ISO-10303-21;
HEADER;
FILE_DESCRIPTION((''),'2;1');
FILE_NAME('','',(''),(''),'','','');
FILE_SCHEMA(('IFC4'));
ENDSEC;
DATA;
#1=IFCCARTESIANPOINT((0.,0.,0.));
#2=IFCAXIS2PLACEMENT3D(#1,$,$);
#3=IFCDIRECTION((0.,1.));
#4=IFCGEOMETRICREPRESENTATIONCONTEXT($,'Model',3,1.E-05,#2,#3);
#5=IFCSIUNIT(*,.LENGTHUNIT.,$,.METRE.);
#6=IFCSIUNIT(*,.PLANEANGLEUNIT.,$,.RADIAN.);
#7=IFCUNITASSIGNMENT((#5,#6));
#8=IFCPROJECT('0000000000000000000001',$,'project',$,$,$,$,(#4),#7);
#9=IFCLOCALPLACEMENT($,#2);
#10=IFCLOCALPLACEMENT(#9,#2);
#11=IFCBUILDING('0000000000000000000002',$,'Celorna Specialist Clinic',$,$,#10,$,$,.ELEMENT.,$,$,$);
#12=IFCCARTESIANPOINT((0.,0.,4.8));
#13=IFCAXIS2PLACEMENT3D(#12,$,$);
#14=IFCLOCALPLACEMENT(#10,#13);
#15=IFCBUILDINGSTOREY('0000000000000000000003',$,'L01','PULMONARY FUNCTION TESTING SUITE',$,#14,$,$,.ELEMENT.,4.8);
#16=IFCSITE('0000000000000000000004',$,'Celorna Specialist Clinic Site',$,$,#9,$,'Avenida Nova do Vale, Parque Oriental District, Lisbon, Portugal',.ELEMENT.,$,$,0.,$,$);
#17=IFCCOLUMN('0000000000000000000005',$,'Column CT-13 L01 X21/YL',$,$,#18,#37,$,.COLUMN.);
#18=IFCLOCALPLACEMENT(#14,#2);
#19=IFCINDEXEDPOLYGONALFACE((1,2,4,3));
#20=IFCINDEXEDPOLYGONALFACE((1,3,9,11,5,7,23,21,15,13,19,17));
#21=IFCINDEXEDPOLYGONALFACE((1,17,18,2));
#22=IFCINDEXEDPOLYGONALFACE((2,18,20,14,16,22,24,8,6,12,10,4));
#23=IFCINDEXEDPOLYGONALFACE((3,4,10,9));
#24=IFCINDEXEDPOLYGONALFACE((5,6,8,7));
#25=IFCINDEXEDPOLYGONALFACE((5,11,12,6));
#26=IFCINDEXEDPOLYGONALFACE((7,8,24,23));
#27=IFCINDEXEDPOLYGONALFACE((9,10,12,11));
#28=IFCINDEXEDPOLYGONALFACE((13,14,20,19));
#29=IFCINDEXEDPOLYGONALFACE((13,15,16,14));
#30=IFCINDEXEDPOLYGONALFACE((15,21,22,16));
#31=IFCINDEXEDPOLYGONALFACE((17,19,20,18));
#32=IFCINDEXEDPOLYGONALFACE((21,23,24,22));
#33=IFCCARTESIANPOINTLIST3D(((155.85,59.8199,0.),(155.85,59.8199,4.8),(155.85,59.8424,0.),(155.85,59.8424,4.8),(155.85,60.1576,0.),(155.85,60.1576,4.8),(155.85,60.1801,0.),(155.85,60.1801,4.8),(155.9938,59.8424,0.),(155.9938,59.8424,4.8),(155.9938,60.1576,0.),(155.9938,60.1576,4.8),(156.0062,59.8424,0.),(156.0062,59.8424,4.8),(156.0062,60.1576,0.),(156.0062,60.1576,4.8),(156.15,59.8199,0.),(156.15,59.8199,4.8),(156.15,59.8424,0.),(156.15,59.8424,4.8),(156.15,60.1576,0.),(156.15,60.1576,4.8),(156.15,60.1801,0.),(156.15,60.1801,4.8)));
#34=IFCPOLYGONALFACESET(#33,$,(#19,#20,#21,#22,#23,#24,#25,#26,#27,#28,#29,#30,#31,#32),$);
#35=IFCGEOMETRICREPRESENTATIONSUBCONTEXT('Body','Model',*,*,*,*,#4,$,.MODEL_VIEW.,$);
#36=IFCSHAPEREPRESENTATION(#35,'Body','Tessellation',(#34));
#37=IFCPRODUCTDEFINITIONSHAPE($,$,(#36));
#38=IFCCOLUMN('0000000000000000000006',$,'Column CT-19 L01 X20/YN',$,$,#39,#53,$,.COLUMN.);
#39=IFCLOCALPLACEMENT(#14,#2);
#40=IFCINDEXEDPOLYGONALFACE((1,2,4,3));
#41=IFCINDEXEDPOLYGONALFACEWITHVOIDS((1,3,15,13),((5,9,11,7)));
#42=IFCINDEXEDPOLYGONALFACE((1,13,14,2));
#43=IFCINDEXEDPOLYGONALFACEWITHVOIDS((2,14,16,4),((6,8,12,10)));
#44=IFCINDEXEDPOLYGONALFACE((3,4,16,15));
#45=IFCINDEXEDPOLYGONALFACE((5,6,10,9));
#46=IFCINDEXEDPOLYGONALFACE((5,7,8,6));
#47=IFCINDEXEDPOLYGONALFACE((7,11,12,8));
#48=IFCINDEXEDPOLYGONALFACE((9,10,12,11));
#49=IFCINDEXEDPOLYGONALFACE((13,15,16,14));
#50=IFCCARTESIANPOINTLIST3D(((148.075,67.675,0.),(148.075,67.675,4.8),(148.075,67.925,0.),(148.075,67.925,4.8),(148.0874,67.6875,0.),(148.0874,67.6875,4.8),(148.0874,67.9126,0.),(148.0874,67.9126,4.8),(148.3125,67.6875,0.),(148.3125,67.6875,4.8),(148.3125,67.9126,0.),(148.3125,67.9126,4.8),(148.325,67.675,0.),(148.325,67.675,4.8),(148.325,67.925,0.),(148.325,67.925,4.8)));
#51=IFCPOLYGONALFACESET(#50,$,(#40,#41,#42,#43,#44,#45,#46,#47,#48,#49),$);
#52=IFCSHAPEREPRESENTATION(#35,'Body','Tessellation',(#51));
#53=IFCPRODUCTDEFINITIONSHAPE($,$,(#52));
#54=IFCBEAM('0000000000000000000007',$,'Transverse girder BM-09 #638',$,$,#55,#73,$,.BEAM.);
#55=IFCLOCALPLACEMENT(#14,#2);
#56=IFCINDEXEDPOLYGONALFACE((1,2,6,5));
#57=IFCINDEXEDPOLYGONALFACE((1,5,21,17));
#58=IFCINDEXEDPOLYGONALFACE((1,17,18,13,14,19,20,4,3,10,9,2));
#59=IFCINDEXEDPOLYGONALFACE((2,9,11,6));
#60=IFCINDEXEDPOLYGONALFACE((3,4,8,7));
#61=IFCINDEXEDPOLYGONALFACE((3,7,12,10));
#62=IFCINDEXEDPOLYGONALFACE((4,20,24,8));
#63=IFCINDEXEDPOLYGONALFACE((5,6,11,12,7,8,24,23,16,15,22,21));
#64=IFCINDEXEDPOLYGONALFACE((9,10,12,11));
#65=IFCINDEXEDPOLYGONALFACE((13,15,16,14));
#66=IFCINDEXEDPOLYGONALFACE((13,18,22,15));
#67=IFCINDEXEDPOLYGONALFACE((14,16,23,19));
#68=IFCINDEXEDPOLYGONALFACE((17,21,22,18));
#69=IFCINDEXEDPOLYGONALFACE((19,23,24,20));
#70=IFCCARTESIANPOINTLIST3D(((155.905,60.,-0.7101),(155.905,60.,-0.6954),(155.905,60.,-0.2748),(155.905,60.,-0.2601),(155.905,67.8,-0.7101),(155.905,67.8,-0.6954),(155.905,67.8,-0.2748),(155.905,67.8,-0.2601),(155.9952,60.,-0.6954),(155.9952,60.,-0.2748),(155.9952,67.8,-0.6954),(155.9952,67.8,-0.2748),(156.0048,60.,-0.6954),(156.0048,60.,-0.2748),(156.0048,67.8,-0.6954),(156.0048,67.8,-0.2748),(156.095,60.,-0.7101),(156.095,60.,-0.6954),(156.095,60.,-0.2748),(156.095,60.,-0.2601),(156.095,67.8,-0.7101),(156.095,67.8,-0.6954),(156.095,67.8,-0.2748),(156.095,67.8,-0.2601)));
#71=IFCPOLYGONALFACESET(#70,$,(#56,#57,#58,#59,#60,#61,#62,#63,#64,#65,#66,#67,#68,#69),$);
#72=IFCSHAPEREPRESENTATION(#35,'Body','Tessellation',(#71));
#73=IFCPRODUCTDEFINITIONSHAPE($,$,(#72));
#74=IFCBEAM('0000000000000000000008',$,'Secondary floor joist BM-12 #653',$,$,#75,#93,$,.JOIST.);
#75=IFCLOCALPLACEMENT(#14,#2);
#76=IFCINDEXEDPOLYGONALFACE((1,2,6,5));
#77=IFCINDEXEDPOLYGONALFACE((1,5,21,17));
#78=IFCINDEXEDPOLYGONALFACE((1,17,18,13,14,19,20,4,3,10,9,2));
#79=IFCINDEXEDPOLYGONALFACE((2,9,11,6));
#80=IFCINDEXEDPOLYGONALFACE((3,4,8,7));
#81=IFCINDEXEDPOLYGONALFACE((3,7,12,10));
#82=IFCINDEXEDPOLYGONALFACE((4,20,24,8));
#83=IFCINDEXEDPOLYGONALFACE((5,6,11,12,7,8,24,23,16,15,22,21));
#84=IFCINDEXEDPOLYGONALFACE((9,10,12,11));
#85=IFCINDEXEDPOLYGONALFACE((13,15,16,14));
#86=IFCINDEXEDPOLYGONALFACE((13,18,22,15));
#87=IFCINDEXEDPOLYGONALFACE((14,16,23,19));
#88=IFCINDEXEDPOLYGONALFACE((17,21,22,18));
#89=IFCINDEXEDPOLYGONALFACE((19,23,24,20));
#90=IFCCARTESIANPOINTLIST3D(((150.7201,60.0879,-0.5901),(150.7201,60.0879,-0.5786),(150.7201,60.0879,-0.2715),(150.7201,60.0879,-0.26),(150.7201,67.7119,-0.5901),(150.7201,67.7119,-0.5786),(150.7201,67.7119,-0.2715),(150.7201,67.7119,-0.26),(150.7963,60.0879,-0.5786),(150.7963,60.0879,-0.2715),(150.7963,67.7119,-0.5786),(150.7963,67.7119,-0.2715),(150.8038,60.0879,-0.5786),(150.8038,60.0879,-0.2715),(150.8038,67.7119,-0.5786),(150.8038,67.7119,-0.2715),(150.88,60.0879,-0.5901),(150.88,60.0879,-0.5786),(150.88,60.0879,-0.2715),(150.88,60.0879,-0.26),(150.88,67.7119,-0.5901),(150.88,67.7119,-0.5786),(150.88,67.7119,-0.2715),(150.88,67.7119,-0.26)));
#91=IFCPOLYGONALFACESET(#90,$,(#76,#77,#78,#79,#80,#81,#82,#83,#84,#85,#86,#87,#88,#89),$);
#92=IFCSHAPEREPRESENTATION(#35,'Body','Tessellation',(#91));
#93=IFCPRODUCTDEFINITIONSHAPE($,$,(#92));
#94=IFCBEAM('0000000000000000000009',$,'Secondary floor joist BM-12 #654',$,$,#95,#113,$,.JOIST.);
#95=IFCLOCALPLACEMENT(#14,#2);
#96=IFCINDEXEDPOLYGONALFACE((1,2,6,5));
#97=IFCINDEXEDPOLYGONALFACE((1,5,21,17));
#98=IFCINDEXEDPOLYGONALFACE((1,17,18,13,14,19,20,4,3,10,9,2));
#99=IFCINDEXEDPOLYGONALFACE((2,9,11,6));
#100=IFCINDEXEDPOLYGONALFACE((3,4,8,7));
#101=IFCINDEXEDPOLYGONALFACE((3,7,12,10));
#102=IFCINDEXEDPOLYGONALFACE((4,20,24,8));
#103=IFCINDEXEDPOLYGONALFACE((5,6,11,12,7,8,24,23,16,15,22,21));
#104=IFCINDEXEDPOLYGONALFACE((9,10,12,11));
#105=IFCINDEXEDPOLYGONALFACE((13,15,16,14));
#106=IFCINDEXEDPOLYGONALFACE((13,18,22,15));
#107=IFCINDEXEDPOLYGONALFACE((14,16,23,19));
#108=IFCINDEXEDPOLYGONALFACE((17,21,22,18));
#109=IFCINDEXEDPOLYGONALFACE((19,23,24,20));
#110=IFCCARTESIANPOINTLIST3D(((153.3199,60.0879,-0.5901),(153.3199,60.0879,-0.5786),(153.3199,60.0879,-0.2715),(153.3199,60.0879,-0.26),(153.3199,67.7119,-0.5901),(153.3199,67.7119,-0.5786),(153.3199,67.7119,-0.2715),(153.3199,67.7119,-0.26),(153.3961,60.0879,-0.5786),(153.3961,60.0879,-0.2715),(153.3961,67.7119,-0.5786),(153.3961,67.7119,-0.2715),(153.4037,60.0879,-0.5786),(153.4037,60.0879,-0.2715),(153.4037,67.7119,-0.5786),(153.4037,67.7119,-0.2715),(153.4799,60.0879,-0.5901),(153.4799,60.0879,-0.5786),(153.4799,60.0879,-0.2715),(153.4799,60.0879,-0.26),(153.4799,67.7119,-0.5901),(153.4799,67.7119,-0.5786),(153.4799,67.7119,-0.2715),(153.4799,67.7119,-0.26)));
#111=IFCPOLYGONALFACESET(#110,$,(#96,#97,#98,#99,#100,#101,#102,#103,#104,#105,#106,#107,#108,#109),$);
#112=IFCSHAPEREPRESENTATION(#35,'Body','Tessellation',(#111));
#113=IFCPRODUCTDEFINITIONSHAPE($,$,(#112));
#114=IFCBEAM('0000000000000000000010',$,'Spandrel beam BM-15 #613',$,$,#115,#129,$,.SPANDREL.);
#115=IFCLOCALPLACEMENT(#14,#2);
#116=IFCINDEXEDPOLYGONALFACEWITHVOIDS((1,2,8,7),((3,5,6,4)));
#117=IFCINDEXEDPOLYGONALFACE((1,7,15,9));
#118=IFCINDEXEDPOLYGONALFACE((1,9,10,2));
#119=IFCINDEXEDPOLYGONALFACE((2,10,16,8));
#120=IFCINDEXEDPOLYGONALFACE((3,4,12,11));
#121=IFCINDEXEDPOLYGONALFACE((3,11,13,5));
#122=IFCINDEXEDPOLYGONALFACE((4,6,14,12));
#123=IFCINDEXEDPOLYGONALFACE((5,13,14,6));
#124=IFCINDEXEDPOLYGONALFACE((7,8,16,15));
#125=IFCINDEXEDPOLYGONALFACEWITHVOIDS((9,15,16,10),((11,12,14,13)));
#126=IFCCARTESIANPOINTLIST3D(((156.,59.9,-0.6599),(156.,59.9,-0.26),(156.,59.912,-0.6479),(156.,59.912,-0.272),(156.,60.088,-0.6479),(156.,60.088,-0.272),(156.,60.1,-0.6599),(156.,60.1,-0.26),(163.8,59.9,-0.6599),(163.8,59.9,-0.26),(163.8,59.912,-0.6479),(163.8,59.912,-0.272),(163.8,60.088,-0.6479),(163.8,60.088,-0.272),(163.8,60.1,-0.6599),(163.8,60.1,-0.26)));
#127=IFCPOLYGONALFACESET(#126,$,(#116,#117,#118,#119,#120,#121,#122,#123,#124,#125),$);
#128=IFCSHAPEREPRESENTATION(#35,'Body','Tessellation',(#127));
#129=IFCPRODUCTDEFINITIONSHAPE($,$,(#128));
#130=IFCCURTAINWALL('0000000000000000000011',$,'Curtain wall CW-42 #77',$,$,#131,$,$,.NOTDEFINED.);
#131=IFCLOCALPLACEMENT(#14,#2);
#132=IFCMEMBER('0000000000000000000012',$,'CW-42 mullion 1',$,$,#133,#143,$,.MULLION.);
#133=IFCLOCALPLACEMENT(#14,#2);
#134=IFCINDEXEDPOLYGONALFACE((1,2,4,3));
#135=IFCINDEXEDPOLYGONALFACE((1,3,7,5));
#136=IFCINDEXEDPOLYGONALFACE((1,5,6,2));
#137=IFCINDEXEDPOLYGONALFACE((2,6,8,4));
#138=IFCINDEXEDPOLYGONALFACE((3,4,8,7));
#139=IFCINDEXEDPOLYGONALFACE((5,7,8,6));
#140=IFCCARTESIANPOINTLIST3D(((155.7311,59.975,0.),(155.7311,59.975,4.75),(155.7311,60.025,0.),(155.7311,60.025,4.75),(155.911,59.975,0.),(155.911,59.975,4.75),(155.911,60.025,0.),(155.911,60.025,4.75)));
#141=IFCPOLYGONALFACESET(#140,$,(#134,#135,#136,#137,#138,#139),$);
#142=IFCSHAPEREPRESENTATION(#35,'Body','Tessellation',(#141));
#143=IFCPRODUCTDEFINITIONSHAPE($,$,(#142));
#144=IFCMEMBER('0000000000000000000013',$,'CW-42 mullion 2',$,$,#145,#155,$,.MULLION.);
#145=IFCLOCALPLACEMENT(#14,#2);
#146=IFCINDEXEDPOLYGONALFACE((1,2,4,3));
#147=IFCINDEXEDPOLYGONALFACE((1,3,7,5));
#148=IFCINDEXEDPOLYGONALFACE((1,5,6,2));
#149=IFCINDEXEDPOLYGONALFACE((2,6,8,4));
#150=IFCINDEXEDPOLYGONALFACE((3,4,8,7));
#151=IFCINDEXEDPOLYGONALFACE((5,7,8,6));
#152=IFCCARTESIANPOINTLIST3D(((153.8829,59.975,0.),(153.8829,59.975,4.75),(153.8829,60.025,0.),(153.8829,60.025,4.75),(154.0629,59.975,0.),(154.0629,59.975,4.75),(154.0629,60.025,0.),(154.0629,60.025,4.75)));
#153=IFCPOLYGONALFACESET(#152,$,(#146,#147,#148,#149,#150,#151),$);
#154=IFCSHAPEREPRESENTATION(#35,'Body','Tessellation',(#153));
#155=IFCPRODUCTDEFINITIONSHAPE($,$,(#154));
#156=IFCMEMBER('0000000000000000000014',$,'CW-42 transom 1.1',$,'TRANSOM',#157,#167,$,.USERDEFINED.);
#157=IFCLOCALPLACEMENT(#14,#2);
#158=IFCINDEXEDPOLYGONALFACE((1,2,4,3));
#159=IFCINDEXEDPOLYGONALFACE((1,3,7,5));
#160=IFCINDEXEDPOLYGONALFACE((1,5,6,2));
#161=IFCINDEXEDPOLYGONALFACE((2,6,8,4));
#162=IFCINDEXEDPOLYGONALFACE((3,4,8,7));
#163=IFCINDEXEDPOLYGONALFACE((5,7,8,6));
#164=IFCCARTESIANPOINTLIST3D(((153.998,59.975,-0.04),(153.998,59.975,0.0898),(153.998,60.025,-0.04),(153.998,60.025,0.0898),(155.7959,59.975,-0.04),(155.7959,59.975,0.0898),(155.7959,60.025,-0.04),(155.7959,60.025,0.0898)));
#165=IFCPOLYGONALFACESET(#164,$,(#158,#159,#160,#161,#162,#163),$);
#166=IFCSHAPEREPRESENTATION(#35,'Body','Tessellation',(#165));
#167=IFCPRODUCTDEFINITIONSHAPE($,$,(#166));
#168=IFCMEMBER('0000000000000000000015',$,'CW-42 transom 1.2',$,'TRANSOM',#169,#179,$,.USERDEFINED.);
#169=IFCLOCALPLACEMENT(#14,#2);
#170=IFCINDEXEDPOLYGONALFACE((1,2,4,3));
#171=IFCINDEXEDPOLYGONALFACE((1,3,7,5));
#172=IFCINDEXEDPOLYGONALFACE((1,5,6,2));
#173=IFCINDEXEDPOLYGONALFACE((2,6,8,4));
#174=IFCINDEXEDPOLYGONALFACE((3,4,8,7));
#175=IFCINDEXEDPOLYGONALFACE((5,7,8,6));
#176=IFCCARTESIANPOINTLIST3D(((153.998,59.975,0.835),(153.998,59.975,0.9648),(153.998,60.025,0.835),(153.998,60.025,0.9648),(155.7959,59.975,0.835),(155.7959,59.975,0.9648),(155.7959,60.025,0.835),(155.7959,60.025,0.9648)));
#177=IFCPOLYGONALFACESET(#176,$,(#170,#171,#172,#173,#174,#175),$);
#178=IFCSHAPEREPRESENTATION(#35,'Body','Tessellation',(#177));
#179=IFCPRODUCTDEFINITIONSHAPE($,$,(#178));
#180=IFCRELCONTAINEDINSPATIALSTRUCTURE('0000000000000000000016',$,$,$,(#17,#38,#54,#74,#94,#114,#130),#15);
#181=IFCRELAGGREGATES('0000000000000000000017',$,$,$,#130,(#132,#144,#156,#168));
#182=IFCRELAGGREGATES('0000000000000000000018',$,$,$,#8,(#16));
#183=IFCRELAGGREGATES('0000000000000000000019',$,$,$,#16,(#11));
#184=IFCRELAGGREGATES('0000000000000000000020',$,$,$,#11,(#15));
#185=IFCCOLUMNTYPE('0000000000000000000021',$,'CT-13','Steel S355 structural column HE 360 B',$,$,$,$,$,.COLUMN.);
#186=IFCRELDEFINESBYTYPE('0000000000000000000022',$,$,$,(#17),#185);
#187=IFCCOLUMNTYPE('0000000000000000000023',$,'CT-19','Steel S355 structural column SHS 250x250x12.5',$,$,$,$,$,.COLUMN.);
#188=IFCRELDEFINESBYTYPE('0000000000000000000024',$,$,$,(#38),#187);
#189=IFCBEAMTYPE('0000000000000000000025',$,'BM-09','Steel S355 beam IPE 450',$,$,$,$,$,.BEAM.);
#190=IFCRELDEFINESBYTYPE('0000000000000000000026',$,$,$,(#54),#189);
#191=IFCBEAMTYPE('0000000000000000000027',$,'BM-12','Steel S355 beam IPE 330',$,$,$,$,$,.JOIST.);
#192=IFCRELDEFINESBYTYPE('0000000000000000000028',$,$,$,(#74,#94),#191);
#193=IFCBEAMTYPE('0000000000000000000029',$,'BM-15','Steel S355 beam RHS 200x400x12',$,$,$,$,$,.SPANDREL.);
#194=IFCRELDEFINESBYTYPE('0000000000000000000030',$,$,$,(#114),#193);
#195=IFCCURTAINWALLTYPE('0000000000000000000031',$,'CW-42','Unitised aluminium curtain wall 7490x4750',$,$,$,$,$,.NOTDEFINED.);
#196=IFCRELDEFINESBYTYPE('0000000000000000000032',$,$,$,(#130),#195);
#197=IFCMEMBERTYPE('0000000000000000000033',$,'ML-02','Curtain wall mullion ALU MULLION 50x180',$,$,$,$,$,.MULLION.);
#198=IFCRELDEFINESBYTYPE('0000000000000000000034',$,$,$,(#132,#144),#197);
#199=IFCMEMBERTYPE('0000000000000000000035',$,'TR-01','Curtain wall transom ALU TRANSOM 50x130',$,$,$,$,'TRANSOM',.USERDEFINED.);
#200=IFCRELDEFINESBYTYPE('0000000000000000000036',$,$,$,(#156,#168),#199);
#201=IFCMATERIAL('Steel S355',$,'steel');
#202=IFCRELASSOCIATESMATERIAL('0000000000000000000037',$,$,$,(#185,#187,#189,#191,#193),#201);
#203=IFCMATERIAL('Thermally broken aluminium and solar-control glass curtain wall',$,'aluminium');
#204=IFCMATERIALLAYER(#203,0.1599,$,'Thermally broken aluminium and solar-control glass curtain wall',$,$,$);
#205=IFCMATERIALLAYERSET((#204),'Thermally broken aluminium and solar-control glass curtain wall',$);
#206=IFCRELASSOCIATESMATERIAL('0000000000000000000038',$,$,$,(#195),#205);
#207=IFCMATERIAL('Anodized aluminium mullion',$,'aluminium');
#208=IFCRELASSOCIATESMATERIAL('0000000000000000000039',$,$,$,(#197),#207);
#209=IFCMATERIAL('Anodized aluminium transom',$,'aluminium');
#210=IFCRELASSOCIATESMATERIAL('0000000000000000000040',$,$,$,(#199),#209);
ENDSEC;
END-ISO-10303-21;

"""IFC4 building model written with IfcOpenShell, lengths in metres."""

from ifc_helpers import new_model, si_unit, direction, frame, origin, origin_2d, place, context, subcontext, project, spatial, rectangle, hollow_rectangle, i_section, extrude, material, layer, layer_set, material_profile, profile_set, type_object, element, aggregate, save


model = new_model("IFC4")

# Units and contexts
model_context = context("Model", 3, precision=1e-05, world=origin(), true_north=direction((0.0, 1.0)))
body_context = subcontext(model_context, "Body", "Model", "MODEL_VIEW")
ifc_project = project(units=[si_unit("LENGTHUNIT", "METRE"), si_unit("PLANEANGLEUNIT", "RADIAN")], contexts=[model_context])

# Site, building, storey
site_placement = place(None, origin())
site = spatial("IfcSite", under=ifc_project, at=site_placement, Name="Celorna Specialist Clinic Site", LongName="Avenida Nova do Vale, Parque Oriental District, Lisbon, Portugal", CompositionType="ELEMENT", RefElevation=0.0)
building_placement = place(site_placement, origin())
building = spatial("IfcBuilding", under=site, at=building_placement, Name="Celorna Specialist Clinic", CompositionType="ELEMENT")
storey_placement = place(building_placement, frame((0.0, 0.0, 4.8)))
storey = spatial("IfcBuildingStorey", under=building, at=storey_placement, Name="L01", Description="PULMONARY FUNCTION TESTING SUITE", CompositionType="ELEMENT", Elevation=4.8)

# Columns
ifc_material_1 = material(Name="Steel S355", Category="steel")
ifc_material_profile_1 = material_profile(ifc_material_1, i_section(OverallWidth=0.3, OverallDepth=0.3601, WebThickness=0.0125, FlangeThickness=0.0225, at=origin_2d()), Name="HE 360 B")
ifc_profile_set_1 = profile_set([ifc_material_profile_1], Name="Steel S355")
column_type_1 = type_object("IfcColumnType", Name="CT-13", Description="Steel S355 structural column HE 360 B", PredefinedType="COLUMN", material=ifc_profile_set_1)
column_1_placement = place(storey_placement, frame((156.0, 60.0, 0.0), z_axis=(0.0, 0.0, 1.0), x_axis=(1.0, 0.0, 0.0)))
element("IfcColumn", 1, at=column_1_placement, inside=storey, type_object=column_type_1, Name="Column CT-13 L01 X21/YL", PredefinedType="COLUMN", context=body_context, shape_type="SweptSolid", body=[
    extrude(i_section(OverallWidth=0.3, OverallDepth=0.3601, WebThickness=0.0125, FlangeThickness=0.0225, at=origin_2d()), origin(), (0.0, 0.0, 1.0), 4.8),
])
ifc_material_profile_2 = material_profile(ifc_material_1, hollow_rectangle(XDim=0.25, YDim=0.25, WallThickness=0.0125, at=origin_2d()), Name="SHS 250x250x12.5")
ifc_profile_set_2 = profile_set([ifc_material_profile_2], Name="Steel S355")
column_type_2 = type_object("IfcColumnType", Name="CT-19", Description="Steel S355 structural column SHS 250x250x12.5", PredefinedType="COLUMN", material=ifc_profile_set_2)
column_2_placement = place(storey_placement, frame((148.2, 67.8, 0.0), z_axis=(0.0, 0.0, 1.0), x_axis=(1.0, 0.0, 0.0)))
element("IfcColumn", 2, at=column_2_placement, inside=storey, type_object=column_type_2, Name="Column CT-19 L01 X20/YN", PredefinedType="COLUMN", context=body_context, shape_type="SweptSolid", body=[
    extrude(hollow_rectangle(XDim=0.25, YDim=0.25, WallThickness=0.0125, at=origin_2d()), origin(), (0.0, 0.0, 1.0), 4.8),
])

# Beams
ifc_material_profile_3 = material_profile(ifc_material_1, i_section(OverallWidth=0.1899, OverallDepth=0.45, WebThickness=0.0095, FlangeThickness=0.0146, at=origin_2d()), Name="IPE 450")
ifc_profile_set_3 = profile_set([ifc_material_profile_3], Name="Steel S355")
beam_type_1 = type_object("IfcBeamType", Name="BM-09", Description="Steel S355 beam IPE 450", PredefinedType="BEAM", material=ifc_profile_set_3)
beam_1_placement = place(storey_placement, frame((156.0, 60.0, -0.4851), z_axis=(0.0, 1.0, 0.0), x_axis=(-1.0, 0.0, 0.0)))
element("IfcBeam", 3, at=beam_1_placement, inside=storey, type_object=beam_type_1, Name="Transverse girder BM-09 #638", PredefinedType="BEAM", context=body_context, shape_type="SweptSolid", body=[
    extrude(i_section(OverallWidth=0.1899, OverallDepth=0.45, WebThickness=0.0095, FlangeThickness=0.0146, at=origin_2d()), origin(), (0.0, 0.0, 1.0), 7.8),
])
ifc_material_profile_4 = material_profile(ifc_material_1, i_section(OverallWidth=0.1599, OverallDepth=0.3301, WebThickness=0.0076, FlangeThickness=0.0115, at=origin_2d()), Name="IPE 330")
ifc_profile_set_4 = profile_set([ifc_material_profile_4], Name="Steel S355")
beam_type_2 = type_object("IfcBeamType", Name="BM-12", Description="Steel S355 beam IPE 330", PredefinedType="JOIST", material=ifc_profile_set_4)
for number, where, z_axis, x_axis, name in (
    (4, (150.8, 60.0879, -0.425), (0.0, 1.0, 0.0), (-1.0, 0.0, 0.0), "Secondary floor joist BM-12 #653"),
    (5, (153.3999, 60.0879, -0.425), (0.0, 1.0, 0.0), (-1.0, 0.0, 0.0), "Secondary floor joist BM-12 #654"),
):
    element("IfcBeam", number, at=place(storey_placement, frame(where, z_axis=z_axis, x_axis=x_axis)), inside=storey, type_object=beam_type_2, Name=name, PredefinedType="JOIST", context=body_context, shape_type="SweptSolid", body=[
        extrude(i_section(OverallWidth=0.1599, OverallDepth=0.3301, WebThickness=0.0076, FlangeThickness=0.0115, at=origin_2d()), origin(), (0.0, 0.0, 1.0), 7.624),
    ])
ifc_material_profile_5 = material_profile(ifc_material_1, hollow_rectangle(XDim=0.2, YDim=0.3999, WallThickness=0.012, at=origin_2d()), Name="RHS 200x400x12")
ifc_profile_set_5 = profile_set([ifc_material_profile_5], Name="Steel S355")
beam_type_3 = type_object("IfcBeamType", Name="BM-15", Description="Steel S355 beam RHS 200x400x12", PredefinedType="SPANDREL", material=ifc_profile_set_5)
beam_2_placement = place(storey_placement, frame((156.0, 60.0, -0.46), z_axis=(1.0, 0.0, 0.0), x_axis=(0.0, 1.0, 0.0)))
element("IfcBeam", 6, at=beam_2_placement, inside=storey, type_object=beam_type_3, Name="Spandrel beam BM-15 #613", PredefinedType="SPANDREL", context=body_context, shape_type="SweptSolid", body=[
    extrude(hollow_rectangle(XDim=0.2, YDim=0.3999, WallThickness=0.012, at=origin_2d()), origin(), (0.0, 0.0, 1.0), 7.8),
])

# Curtain wall, members
ifc_material_2 = material(Name="Thermally broken aluminium and solar-control glass curtain wall", Category="aluminium")
ifc_layer_1 = layer(ifc_material_2, 0.1599, Name="Thermally broken aluminium and solar-control glass curtain wall")
ifc_layer_set_1 = layer_set([ifc_layer_1], Name="Thermally broken aluminium and solar-control glass curtain wall")
curtain_wall_type = type_object("IfcCurtainWallType", Name="CW-42", Description="Unitised aluminium curtain wall 7490x4750", PredefinedType="NOTDEFINED", material=ifc_layer_set_1)
curtain_wall_placement = place(storey_placement, origin())
curtain_wall = element("IfcCurtainWall", 7, at=curtain_wall_placement, inside=storey, type_object=curtain_wall_type, Name="Curtain wall CW-42 #77", PredefinedType="NOTDEFINED")
ifc_material_3 = material(Name="Anodized aluminium mullion", Category="aluminium")
ifc_material_profile_6 = material_profile(ifc_material_3, rectangle(XDim=0.05, YDim=0.1799, at=origin_2d()), Name="ALU MULLION 50x180")
ifc_profile_set_6 = profile_set([ifc_material_profile_6], Name="Anodized aluminium mullion")
member_type_1 = type_object("IfcMemberType", Name="ML-02", Description="Curtain wall mullion ALU MULLION 50x180", PredefinedType="MULLION", material=ifc_profile_set_6)
member_1_placement = place(storey_placement, frame((155.821, 60.0, 0.0), z_axis=(0.0, 0.0, 1.0), x_axis=(0.0, -1.0, 0.0)))
member_1 = element("IfcMember", 8, at=member_1_placement, type_object=member_type_1, Name="CW-42 mullion 1", PredefinedType="MULLION", context=body_context, shape_type="SweptSolid", body=[
    extrude(rectangle(XDim=0.05, YDim=0.1799, at=origin_2d()), origin(), (0.0, 0.0, 1.0), 4.75),
])
member_2_placement = place(storey_placement, frame((153.9729, 60.0, 0.0), z_axis=(0.0, 0.0, 1.0), x_axis=(0.0, -1.0, 0.0)))
member_2 = element("IfcMember", 9, at=member_2_placement, type_object=member_type_1, Name="CW-42 mullion 2", PredefinedType="MULLION", context=body_context, shape_type="SweptSolid", body=[
    extrude(rectangle(XDim=0.05, YDim=0.1799, at=origin_2d()), origin(), (0.0, 0.0, 1.0), 4.75),
])
ifc_material_4 = material(Name="Anodized aluminium transom", Category="aluminium")
ifc_material_profile_7 = material_profile(ifc_material_4, rectangle(XDim=0.05, YDim=0.1299, at=origin_2d()), Name="ALU TRANSOM 50x130")
ifc_profile_set_7 = profile_set([ifc_material_profile_7], Name="Anodized aluminium transom")
member_type_2 = type_object("IfcMemberType", Name="TR-01", Description="Curtain wall transom ALU TRANSOM 50x130", ElementType="TRANSOM", PredefinedType="USERDEFINED", material=ifc_profile_set_7)
member_3_placement = place(storey_placement, frame((155.7959, 60.0, 0.0249), z_axis=(-1.0, 0.0, 0.0), x_axis=(0.0, -1.0, 0.0)))
member_3 = element("IfcMember", 10, at=member_3_placement, type_object=member_type_2, Name="CW-42 transom 1.1", ObjectType="TRANSOM", PredefinedType="USERDEFINED", context=body_context, shape_type="SweptSolid", body=[
    extrude(rectangle(XDim=0.05, YDim=0.1299, at=origin_2d()), origin(), (0.0, 0.0, 1.0), 1.7979),
])
member_4_placement = place(storey_placement, frame((155.7959, 60.0, 0.8999), z_axis=(-1.0, 0.0, 0.0), x_axis=(0.0, -1.0, 0.0)))
member_4 = element("IfcMember", 11, at=member_4_placement, type_object=member_type_2, Name="CW-42 transom 1.2", ObjectType="TRANSOM", PredefinedType="USERDEFINED", context=body_context, shape_type="SweptSolid", body=[
    extrude(rectangle(XDim=0.05, YDim=0.1299, at=origin_2d()), origin(), (0.0, 0.0, 1.0), 1.7979),
])
aggregate(curtain_wall, [member_1, member_2, member_3, member_4])

save(model, "model.ifc")
